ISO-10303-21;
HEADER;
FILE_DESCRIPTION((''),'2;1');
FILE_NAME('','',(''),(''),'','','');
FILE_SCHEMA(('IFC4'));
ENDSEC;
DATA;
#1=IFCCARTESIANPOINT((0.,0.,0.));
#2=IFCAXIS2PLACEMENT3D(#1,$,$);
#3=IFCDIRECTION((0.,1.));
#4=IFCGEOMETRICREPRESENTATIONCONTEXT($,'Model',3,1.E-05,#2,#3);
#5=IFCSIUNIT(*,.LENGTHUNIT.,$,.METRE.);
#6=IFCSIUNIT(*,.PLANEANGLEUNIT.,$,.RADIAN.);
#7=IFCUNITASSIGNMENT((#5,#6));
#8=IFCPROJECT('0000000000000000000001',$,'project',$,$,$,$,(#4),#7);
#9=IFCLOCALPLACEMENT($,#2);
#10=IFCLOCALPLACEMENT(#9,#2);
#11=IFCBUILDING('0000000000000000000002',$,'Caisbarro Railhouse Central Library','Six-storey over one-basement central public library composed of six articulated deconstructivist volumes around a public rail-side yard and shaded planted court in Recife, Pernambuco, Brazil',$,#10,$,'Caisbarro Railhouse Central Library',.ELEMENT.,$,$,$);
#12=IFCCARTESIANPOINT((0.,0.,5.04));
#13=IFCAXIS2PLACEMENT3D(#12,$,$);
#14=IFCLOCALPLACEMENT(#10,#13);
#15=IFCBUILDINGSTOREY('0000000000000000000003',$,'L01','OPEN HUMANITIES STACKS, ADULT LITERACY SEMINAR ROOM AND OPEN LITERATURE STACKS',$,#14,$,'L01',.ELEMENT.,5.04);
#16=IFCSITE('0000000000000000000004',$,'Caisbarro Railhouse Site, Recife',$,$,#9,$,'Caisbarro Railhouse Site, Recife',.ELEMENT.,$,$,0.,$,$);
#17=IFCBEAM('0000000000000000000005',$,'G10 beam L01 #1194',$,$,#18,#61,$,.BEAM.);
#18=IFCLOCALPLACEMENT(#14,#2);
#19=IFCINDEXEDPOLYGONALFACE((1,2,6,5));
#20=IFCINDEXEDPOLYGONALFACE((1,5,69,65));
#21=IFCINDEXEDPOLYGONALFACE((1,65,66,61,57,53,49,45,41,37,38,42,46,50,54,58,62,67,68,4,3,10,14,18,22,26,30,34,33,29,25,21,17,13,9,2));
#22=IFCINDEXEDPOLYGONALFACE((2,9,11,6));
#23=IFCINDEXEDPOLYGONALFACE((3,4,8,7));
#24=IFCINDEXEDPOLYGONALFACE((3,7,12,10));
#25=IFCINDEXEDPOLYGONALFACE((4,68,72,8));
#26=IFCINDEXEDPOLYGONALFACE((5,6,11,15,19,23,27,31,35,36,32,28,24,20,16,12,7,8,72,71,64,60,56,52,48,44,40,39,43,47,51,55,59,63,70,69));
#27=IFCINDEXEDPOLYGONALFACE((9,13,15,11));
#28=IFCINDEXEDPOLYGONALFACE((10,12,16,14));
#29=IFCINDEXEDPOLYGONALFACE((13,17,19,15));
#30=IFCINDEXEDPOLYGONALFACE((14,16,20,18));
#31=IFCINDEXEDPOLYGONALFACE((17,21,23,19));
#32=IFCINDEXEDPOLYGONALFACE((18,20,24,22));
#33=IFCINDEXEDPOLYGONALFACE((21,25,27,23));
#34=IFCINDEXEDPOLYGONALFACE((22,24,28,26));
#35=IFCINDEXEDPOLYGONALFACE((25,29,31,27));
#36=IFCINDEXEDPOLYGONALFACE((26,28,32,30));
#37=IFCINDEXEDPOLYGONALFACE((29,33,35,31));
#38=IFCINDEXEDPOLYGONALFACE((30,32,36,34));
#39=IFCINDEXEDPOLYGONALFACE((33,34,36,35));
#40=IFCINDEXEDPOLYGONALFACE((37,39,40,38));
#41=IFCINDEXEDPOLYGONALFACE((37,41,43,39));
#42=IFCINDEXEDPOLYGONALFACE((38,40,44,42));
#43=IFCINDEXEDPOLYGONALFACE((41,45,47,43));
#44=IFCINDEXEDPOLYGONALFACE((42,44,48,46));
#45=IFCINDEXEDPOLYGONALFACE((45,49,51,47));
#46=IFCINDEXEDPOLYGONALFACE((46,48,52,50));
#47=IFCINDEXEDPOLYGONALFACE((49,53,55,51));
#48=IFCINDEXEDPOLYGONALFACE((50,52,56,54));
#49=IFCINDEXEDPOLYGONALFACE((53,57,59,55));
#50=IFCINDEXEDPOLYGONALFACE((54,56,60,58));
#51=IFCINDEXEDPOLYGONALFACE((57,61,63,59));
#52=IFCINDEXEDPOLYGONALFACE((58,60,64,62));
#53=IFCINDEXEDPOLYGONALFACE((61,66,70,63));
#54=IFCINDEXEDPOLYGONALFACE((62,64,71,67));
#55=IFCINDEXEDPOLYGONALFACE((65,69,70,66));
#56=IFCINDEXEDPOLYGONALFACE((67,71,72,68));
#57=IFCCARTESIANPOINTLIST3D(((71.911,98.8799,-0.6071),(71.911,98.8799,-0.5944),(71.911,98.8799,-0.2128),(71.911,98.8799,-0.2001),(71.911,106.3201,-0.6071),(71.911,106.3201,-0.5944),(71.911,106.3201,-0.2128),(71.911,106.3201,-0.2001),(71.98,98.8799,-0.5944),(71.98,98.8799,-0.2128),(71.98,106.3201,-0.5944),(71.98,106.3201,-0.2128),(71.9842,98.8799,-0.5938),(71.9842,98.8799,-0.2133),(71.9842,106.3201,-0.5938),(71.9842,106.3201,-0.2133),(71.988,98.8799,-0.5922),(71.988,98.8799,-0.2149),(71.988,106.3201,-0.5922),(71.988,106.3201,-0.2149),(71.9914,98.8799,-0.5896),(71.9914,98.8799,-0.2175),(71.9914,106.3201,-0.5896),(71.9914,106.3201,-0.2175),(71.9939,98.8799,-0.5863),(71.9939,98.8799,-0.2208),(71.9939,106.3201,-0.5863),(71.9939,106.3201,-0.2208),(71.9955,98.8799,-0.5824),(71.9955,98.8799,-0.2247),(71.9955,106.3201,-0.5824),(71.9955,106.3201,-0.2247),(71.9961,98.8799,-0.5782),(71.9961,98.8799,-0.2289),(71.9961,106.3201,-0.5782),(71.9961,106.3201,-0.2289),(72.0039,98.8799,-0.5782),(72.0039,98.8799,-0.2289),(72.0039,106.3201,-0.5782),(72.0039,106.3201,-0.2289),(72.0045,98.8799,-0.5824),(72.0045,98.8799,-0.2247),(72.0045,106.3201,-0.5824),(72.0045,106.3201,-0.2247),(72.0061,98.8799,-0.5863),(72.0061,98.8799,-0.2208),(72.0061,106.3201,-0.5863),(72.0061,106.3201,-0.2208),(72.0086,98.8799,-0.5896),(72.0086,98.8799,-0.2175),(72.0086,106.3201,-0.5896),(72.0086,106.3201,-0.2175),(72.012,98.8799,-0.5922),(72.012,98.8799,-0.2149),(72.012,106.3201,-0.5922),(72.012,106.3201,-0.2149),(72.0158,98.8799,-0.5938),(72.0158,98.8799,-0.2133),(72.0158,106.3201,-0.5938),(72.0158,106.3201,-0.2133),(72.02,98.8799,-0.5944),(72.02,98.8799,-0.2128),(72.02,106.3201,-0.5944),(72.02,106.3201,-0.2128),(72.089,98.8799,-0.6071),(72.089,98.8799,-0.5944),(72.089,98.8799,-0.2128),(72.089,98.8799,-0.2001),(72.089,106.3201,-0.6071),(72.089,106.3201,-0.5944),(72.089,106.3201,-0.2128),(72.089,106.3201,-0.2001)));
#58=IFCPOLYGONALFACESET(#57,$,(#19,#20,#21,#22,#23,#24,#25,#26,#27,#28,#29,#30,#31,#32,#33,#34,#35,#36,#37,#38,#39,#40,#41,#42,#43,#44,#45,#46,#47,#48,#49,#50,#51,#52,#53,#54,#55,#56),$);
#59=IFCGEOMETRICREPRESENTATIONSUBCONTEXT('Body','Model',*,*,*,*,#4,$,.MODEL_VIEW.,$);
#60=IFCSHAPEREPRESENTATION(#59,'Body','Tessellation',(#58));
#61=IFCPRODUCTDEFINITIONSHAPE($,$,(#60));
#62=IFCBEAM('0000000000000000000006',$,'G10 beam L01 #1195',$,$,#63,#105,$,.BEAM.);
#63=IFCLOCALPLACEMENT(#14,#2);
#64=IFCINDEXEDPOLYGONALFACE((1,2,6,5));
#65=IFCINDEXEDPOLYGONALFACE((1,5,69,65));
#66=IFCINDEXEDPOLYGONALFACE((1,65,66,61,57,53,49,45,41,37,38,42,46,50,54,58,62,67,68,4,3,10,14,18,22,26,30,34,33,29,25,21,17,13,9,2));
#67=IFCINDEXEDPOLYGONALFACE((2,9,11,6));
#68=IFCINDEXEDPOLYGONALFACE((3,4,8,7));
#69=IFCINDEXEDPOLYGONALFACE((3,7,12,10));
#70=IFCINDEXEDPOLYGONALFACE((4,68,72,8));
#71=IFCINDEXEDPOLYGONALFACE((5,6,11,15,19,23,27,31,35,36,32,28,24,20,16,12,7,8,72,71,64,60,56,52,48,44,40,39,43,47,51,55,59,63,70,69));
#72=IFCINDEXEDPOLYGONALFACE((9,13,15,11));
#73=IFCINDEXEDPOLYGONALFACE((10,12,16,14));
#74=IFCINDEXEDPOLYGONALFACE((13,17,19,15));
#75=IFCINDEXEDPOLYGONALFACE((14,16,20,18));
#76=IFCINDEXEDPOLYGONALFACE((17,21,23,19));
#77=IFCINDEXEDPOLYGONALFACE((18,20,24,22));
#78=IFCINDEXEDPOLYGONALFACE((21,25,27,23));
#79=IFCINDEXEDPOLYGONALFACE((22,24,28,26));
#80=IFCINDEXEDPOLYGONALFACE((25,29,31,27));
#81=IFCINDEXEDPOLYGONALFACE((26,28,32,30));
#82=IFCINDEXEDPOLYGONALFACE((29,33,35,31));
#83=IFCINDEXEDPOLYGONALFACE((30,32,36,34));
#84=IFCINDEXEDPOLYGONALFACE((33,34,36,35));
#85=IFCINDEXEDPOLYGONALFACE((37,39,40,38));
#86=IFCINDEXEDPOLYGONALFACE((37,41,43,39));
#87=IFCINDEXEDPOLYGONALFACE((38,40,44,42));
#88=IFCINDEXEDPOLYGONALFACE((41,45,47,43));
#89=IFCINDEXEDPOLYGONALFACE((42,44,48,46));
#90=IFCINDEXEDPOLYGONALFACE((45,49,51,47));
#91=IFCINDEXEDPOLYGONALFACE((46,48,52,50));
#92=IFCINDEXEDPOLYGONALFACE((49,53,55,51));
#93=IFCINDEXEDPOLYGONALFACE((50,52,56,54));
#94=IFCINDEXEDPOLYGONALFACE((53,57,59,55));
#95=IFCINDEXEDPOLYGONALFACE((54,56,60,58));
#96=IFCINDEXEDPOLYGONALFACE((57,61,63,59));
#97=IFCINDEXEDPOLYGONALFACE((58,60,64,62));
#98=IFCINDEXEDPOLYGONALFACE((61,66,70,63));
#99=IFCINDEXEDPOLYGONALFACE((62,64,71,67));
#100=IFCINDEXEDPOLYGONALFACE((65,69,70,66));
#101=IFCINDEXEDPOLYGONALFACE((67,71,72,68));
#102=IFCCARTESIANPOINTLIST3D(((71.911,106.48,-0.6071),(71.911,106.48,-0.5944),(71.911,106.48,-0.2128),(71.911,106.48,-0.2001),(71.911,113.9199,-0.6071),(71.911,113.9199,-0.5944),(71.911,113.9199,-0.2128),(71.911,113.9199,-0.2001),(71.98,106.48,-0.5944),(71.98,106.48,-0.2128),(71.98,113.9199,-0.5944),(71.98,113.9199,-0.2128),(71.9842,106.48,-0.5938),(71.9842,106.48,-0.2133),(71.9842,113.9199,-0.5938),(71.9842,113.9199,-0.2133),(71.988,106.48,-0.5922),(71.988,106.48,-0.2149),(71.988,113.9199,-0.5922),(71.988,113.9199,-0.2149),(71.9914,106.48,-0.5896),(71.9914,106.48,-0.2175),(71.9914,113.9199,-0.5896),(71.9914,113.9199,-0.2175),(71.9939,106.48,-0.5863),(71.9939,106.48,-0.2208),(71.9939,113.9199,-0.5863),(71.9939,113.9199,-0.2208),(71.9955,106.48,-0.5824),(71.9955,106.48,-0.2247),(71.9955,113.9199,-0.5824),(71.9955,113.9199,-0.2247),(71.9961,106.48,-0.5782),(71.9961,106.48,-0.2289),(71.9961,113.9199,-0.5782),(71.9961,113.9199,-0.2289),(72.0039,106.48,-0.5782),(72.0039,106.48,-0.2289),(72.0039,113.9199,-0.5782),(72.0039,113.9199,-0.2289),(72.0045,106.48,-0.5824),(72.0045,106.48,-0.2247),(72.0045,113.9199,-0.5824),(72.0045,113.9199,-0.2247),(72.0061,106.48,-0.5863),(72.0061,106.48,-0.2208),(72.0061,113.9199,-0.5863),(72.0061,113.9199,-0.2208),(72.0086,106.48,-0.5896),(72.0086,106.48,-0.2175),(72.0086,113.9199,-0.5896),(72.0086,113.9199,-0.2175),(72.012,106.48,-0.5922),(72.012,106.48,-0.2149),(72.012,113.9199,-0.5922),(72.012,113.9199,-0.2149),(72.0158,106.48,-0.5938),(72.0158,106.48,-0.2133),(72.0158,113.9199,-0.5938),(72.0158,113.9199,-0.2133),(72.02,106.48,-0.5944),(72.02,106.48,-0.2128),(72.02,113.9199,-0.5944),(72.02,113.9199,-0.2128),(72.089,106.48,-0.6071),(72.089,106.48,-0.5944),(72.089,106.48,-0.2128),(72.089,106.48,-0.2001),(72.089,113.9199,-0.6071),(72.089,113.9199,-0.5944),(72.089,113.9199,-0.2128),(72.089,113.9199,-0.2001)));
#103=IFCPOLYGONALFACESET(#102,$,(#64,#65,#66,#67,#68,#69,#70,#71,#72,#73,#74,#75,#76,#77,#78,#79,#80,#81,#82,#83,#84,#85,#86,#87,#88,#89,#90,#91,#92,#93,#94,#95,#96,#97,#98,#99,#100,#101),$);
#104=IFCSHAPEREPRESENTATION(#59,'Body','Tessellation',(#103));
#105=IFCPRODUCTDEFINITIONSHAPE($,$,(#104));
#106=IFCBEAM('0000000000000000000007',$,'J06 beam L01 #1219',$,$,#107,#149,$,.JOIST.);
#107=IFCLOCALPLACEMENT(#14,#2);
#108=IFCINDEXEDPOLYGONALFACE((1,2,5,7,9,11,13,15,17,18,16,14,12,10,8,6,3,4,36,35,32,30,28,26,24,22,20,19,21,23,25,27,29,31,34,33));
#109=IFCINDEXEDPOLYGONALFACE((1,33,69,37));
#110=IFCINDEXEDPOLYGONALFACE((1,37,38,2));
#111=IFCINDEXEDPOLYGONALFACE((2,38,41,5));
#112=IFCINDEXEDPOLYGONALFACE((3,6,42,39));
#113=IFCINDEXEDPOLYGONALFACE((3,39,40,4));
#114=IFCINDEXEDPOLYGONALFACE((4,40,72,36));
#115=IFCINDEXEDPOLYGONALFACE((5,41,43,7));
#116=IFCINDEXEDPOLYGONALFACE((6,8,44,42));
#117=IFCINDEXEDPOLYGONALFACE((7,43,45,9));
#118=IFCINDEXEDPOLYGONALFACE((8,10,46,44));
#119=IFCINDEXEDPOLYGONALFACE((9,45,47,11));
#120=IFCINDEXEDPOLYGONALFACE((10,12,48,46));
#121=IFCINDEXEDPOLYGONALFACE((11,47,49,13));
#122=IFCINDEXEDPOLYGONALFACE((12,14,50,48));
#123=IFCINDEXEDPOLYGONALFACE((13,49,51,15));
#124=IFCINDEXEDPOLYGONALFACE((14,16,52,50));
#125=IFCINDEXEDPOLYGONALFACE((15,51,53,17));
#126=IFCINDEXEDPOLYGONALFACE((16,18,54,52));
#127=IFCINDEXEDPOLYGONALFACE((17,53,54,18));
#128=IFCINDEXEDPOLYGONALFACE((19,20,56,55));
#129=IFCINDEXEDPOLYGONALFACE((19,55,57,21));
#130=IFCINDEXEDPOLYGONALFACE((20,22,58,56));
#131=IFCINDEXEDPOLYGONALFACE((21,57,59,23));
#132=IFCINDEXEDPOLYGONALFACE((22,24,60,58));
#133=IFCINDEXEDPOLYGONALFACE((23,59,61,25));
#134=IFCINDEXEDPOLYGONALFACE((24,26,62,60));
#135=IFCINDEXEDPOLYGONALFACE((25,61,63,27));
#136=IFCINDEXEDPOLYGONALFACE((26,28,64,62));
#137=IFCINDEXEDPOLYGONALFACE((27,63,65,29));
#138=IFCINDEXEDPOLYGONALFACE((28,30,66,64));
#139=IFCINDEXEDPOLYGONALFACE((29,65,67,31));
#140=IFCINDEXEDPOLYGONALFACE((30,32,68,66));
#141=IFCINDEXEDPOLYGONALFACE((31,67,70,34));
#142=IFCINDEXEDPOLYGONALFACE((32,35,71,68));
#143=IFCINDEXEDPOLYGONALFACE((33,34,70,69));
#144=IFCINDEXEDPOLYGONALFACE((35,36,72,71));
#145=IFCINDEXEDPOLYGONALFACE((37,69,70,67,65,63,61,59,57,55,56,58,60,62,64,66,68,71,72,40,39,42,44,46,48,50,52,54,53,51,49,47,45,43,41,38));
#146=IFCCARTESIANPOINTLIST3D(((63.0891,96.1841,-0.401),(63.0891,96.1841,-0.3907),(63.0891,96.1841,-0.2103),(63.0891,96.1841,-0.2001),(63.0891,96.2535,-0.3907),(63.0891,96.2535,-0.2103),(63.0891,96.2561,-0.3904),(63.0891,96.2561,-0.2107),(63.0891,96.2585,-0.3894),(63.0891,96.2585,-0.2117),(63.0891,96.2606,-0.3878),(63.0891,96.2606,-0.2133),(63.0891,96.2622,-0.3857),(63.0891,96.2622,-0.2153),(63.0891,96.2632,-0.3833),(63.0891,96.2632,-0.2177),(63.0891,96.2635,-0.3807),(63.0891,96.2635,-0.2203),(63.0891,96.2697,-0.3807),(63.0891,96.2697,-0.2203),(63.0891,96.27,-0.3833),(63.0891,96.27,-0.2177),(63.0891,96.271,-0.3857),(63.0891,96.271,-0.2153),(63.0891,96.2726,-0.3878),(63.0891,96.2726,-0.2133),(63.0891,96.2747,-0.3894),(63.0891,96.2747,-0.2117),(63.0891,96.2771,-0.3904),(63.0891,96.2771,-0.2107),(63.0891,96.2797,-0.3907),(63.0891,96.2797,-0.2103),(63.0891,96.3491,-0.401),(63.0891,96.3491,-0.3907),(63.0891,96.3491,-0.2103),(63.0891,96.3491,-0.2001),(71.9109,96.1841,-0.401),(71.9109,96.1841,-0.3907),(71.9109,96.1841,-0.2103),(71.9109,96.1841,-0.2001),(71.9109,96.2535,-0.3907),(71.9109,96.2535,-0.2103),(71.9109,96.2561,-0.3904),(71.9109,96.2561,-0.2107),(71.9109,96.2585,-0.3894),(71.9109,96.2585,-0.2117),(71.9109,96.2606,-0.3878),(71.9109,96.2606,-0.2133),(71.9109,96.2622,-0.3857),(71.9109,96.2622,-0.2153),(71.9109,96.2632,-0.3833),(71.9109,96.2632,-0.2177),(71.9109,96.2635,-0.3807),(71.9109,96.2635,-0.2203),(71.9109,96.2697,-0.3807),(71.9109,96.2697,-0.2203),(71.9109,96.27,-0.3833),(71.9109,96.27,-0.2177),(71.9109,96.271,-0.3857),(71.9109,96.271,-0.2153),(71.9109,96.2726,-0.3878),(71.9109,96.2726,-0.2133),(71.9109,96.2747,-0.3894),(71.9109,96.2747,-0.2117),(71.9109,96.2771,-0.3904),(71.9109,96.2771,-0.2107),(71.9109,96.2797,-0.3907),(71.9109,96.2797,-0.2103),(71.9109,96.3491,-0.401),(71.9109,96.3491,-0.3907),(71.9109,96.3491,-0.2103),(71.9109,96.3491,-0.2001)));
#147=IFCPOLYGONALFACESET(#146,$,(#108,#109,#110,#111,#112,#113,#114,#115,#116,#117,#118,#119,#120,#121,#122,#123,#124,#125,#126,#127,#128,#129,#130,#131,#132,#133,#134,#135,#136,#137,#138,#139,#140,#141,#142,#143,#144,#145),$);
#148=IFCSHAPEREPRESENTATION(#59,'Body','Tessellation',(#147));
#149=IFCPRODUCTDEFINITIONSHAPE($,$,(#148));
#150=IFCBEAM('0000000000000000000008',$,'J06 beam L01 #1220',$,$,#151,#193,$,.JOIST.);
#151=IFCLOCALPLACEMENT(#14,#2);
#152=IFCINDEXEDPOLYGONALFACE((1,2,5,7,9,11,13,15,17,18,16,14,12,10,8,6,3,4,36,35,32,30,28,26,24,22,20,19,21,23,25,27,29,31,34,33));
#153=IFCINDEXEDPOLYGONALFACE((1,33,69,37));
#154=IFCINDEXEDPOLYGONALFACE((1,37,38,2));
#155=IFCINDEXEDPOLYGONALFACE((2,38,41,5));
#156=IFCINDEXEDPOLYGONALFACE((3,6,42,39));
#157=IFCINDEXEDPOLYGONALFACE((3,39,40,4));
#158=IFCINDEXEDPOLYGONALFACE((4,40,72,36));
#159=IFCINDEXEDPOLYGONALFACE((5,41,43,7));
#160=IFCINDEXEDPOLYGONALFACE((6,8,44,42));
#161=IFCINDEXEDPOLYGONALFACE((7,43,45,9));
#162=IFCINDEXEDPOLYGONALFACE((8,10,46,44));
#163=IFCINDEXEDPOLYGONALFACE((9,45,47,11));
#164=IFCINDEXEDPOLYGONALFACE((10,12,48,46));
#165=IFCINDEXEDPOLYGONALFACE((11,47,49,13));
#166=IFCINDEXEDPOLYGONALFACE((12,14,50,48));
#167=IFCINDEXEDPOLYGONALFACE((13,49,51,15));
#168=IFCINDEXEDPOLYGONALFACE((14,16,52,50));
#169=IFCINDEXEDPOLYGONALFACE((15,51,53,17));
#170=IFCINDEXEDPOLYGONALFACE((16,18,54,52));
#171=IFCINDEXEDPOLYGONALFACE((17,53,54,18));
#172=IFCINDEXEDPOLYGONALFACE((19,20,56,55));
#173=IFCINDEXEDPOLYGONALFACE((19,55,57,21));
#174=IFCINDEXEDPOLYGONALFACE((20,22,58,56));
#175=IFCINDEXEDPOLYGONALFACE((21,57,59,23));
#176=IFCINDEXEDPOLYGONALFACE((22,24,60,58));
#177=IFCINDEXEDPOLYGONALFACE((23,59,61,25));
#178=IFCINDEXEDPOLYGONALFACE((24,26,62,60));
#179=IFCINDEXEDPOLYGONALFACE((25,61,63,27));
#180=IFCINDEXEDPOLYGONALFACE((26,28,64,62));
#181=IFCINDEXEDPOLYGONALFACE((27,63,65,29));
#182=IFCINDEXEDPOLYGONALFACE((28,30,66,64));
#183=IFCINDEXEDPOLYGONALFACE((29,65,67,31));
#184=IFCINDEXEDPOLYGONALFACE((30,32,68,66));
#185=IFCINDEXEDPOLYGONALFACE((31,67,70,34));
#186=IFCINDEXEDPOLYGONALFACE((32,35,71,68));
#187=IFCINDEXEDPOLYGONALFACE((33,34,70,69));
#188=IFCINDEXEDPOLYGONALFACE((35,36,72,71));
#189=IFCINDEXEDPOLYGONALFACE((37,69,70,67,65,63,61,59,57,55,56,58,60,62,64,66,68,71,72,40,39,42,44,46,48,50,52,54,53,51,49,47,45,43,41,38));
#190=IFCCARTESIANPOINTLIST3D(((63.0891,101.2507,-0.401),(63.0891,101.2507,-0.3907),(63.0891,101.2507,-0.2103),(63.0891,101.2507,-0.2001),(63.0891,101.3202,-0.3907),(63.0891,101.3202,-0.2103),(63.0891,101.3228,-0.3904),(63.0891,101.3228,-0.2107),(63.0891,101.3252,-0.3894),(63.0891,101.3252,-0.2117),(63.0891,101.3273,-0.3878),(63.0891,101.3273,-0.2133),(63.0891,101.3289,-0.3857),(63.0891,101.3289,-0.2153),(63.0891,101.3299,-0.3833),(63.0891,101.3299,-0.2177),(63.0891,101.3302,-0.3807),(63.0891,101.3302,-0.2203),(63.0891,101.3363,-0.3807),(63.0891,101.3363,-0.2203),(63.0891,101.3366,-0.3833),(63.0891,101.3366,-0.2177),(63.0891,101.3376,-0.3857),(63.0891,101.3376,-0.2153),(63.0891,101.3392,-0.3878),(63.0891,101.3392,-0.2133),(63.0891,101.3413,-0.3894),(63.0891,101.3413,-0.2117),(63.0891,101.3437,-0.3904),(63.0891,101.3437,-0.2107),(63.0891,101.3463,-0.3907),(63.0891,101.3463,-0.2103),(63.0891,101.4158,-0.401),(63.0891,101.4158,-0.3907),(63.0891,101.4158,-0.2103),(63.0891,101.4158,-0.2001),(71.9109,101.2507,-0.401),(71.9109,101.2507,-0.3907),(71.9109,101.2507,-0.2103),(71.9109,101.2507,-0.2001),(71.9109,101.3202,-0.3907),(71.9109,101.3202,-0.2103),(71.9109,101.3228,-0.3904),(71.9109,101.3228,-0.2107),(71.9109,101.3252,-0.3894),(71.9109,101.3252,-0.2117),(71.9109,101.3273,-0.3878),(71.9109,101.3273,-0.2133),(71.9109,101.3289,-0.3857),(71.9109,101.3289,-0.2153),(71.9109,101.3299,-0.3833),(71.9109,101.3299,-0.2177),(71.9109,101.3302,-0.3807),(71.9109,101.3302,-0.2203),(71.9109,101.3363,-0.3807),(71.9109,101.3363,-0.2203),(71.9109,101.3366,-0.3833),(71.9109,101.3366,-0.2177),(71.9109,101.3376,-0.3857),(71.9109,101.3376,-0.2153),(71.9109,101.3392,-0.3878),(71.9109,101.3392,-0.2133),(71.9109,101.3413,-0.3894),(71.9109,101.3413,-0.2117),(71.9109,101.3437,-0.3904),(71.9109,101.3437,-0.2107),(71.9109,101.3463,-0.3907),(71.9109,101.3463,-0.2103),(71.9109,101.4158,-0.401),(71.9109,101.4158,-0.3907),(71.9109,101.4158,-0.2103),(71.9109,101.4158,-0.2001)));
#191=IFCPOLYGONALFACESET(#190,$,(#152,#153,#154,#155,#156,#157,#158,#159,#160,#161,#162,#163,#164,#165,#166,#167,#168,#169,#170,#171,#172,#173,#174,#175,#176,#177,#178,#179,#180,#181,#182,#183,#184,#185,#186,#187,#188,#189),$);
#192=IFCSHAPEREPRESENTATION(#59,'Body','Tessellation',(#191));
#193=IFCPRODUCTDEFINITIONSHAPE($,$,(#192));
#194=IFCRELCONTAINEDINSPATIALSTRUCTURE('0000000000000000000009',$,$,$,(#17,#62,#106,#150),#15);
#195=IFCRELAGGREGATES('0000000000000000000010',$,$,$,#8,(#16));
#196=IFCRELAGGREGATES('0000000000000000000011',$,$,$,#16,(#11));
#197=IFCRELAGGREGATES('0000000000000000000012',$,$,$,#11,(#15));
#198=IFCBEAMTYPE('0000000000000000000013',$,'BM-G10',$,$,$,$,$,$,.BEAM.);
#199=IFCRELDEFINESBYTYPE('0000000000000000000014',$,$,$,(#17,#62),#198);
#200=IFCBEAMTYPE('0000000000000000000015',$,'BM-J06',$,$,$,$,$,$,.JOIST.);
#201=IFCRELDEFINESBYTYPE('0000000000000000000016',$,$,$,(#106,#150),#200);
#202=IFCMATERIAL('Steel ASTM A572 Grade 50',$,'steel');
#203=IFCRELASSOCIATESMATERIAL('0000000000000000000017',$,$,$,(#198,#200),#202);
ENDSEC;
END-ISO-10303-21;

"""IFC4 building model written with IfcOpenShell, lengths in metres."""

from ifc_helpers import new_model, si_unit, direction, frame, origin, origin_2d, place, context, subcontext, project, spatial, i_section, extrude, material, material_profile, profile_set, type_object, element, save


model = new_model("IFC4")

# Units and contexts
model_context = context("Model", 3, precision=1e-05, world=origin(), true_north=direction((0.0, 1.0)))
body_context = subcontext(model_context, "Body", "Model", "MODEL_VIEW")
ifc_project = project(units=[si_unit("LENGTHUNIT", "METRE"), si_unit("PLANEANGLEUNIT", "RADIAN")], contexts=[model_context])

# Site, building, storey
site_placement = place(None, origin())
site = spatial("IfcSite", under=ifc_project, at=site_placement, Name="Caisbarro Railhouse Site, Recife", LongName="Caisbarro Railhouse Site, Recife", CompositionType="ELEMENT", RefElevation=0.0)
building_placement = place(site_placement, origin())
building = spatial("IfcBuilding", under=site, at=building_placement, Name="Caisbarro Railhouse Central Library", Description="Six-storey over one-basement central public library composed of six articulated deconstructivist volumes around a public rail-side yard and shaded planted court in Recife, Pernambuco, Brazil", LongName="Caisbarro Railhouse Central Library", CompositionType="ELEMENT")
storey_placement = place(building_placement, frame((0.0, 0.0, 5.04)))
storey = spatial("IfcBuildingStorey", under=building, at=storey_placement, Name="L01", Description="OPEN HUMANITIES STACKS, ADULT LITERACY SEMINAR ROOM AND OPEN LITERATURE STACKS", LongName="L01", CompositionType="ELEMENT", Elevation=5.04)

# Shared definitions
ifc_material_1 = material(Name="Steel ASTM A572 Grade 50", Category="steel")

# Beams
ifc_material_profile_1 = material_profile(ifc_material_1, i_section(OverallWidth=0.178, OverallDepth=0.407, WebThickness=0.0078, FlangeThickness=0.0127, FilletRadius=0.0161, at=origin_2d()), Name="W410X60.0")
ifc_profile_set_1 = profile_set([ifc_material_profile_1], Name="Steel ASTM A572 Grade 50")
beam_type_1 = type_object("IfcBeamType", Name="BM-G10", PredefinedType="BEAM", material=ifc_profile_set_1)
beam_1_placement = place(storey_placement, frame((72.0, 98.8799, -0.4036), z_axis=(0.0, 1.0, 0.0), x_axis=(-1.0, 0.0, 0.0)))
element("IfcBeam", 1, at=beam_1_placement, inside=storey, type_object=beam_type_1, Name="G10 beam L01 #1194", PredefinedType="BEAM", context=body_context, shape_type="SweptSolid", body=[
    extrude(i_section(OverallWidth=0.178, OverallDepth=0.407, WebThickness=0.0078, FlangeThickness=0.0127, FilletRadius=0.0161, at=origin_2d()), origin(), (0.0, 0.0, 1.0), 7.4402),
])
beam_2_placement = place(storey_placement, frame((72.0, 106.48, -0.4036), z_axis=(0.0, 1.0, 0.0), x_axis=(-1.0, 0.0, 0.0)))
element("IfcBeam", 2, at=beam_2_placement, inside=storey, type_object=beam_type_1, Name="G10 beam L01 #1195", PredefinedType="BEAM", context=body_context, shape_type="SweptSolid", body=[
    extrude(i_section(OverallWidth=0.178, OverallDepth=0.407, WebThickness=0.0078, FlangeThickness=0.0127, FilletRadius=0.0161, at=origin_2d()), origin(), (0.0, 0.0, 1.0), 7.4399),
])
ifc_material_profile_2 = material_profile(ifc_material_1, i_section(OverallWidth=0.165, OverallDepth=0.2009, WebThickness=0.0061, FlangeThickness=0.0103, FilletRadius=0.01, at=origin_2d()), Name="W200X35.9")
ifc_profile_set_2 = profile_set([ifc_material_profile_2], Name="Steel ASTM A572 Grade 50")
beam_type_2 = type_object("IfcBeamType", Name="BM-J06", PredefinedType="JOIST", material=ifc_profile_set_2)
for number, where, z_axis, x_axis, name in (
    (3, (63.0891, 96.2666, -0.3005), (1.0, 0.0, 0.0), (0.0, 1.0, 0.0), "J06 beam L01 #1219"),
    (4, (63.0891, 101.3333, -0.3005), (1.0, 0.0, 0.0), (0.0, 1.0, 0.0), "J06 beam L01 #1220"),
):
    element("IfcBeam", number, at=place(storey_placement, frame(where, z_axis=z_axis, x_axis=x_axis)), inside=storey, type_object=beam_type_2, Name=name, PredefinedType="JOIST", context=body_context, shape_type="SweptSolid", body=[
        extrude(i_section(OverallWidth=0.165, OverallDepth=0.2009, WebThickness=0.0061, FlangeThickness=0.0103, FilletRadius=0.01, at=origin_2d()), origin(), (0.0, 0.0, 1.0), 8.8218),
    ])

save(model, "model.ifc")
